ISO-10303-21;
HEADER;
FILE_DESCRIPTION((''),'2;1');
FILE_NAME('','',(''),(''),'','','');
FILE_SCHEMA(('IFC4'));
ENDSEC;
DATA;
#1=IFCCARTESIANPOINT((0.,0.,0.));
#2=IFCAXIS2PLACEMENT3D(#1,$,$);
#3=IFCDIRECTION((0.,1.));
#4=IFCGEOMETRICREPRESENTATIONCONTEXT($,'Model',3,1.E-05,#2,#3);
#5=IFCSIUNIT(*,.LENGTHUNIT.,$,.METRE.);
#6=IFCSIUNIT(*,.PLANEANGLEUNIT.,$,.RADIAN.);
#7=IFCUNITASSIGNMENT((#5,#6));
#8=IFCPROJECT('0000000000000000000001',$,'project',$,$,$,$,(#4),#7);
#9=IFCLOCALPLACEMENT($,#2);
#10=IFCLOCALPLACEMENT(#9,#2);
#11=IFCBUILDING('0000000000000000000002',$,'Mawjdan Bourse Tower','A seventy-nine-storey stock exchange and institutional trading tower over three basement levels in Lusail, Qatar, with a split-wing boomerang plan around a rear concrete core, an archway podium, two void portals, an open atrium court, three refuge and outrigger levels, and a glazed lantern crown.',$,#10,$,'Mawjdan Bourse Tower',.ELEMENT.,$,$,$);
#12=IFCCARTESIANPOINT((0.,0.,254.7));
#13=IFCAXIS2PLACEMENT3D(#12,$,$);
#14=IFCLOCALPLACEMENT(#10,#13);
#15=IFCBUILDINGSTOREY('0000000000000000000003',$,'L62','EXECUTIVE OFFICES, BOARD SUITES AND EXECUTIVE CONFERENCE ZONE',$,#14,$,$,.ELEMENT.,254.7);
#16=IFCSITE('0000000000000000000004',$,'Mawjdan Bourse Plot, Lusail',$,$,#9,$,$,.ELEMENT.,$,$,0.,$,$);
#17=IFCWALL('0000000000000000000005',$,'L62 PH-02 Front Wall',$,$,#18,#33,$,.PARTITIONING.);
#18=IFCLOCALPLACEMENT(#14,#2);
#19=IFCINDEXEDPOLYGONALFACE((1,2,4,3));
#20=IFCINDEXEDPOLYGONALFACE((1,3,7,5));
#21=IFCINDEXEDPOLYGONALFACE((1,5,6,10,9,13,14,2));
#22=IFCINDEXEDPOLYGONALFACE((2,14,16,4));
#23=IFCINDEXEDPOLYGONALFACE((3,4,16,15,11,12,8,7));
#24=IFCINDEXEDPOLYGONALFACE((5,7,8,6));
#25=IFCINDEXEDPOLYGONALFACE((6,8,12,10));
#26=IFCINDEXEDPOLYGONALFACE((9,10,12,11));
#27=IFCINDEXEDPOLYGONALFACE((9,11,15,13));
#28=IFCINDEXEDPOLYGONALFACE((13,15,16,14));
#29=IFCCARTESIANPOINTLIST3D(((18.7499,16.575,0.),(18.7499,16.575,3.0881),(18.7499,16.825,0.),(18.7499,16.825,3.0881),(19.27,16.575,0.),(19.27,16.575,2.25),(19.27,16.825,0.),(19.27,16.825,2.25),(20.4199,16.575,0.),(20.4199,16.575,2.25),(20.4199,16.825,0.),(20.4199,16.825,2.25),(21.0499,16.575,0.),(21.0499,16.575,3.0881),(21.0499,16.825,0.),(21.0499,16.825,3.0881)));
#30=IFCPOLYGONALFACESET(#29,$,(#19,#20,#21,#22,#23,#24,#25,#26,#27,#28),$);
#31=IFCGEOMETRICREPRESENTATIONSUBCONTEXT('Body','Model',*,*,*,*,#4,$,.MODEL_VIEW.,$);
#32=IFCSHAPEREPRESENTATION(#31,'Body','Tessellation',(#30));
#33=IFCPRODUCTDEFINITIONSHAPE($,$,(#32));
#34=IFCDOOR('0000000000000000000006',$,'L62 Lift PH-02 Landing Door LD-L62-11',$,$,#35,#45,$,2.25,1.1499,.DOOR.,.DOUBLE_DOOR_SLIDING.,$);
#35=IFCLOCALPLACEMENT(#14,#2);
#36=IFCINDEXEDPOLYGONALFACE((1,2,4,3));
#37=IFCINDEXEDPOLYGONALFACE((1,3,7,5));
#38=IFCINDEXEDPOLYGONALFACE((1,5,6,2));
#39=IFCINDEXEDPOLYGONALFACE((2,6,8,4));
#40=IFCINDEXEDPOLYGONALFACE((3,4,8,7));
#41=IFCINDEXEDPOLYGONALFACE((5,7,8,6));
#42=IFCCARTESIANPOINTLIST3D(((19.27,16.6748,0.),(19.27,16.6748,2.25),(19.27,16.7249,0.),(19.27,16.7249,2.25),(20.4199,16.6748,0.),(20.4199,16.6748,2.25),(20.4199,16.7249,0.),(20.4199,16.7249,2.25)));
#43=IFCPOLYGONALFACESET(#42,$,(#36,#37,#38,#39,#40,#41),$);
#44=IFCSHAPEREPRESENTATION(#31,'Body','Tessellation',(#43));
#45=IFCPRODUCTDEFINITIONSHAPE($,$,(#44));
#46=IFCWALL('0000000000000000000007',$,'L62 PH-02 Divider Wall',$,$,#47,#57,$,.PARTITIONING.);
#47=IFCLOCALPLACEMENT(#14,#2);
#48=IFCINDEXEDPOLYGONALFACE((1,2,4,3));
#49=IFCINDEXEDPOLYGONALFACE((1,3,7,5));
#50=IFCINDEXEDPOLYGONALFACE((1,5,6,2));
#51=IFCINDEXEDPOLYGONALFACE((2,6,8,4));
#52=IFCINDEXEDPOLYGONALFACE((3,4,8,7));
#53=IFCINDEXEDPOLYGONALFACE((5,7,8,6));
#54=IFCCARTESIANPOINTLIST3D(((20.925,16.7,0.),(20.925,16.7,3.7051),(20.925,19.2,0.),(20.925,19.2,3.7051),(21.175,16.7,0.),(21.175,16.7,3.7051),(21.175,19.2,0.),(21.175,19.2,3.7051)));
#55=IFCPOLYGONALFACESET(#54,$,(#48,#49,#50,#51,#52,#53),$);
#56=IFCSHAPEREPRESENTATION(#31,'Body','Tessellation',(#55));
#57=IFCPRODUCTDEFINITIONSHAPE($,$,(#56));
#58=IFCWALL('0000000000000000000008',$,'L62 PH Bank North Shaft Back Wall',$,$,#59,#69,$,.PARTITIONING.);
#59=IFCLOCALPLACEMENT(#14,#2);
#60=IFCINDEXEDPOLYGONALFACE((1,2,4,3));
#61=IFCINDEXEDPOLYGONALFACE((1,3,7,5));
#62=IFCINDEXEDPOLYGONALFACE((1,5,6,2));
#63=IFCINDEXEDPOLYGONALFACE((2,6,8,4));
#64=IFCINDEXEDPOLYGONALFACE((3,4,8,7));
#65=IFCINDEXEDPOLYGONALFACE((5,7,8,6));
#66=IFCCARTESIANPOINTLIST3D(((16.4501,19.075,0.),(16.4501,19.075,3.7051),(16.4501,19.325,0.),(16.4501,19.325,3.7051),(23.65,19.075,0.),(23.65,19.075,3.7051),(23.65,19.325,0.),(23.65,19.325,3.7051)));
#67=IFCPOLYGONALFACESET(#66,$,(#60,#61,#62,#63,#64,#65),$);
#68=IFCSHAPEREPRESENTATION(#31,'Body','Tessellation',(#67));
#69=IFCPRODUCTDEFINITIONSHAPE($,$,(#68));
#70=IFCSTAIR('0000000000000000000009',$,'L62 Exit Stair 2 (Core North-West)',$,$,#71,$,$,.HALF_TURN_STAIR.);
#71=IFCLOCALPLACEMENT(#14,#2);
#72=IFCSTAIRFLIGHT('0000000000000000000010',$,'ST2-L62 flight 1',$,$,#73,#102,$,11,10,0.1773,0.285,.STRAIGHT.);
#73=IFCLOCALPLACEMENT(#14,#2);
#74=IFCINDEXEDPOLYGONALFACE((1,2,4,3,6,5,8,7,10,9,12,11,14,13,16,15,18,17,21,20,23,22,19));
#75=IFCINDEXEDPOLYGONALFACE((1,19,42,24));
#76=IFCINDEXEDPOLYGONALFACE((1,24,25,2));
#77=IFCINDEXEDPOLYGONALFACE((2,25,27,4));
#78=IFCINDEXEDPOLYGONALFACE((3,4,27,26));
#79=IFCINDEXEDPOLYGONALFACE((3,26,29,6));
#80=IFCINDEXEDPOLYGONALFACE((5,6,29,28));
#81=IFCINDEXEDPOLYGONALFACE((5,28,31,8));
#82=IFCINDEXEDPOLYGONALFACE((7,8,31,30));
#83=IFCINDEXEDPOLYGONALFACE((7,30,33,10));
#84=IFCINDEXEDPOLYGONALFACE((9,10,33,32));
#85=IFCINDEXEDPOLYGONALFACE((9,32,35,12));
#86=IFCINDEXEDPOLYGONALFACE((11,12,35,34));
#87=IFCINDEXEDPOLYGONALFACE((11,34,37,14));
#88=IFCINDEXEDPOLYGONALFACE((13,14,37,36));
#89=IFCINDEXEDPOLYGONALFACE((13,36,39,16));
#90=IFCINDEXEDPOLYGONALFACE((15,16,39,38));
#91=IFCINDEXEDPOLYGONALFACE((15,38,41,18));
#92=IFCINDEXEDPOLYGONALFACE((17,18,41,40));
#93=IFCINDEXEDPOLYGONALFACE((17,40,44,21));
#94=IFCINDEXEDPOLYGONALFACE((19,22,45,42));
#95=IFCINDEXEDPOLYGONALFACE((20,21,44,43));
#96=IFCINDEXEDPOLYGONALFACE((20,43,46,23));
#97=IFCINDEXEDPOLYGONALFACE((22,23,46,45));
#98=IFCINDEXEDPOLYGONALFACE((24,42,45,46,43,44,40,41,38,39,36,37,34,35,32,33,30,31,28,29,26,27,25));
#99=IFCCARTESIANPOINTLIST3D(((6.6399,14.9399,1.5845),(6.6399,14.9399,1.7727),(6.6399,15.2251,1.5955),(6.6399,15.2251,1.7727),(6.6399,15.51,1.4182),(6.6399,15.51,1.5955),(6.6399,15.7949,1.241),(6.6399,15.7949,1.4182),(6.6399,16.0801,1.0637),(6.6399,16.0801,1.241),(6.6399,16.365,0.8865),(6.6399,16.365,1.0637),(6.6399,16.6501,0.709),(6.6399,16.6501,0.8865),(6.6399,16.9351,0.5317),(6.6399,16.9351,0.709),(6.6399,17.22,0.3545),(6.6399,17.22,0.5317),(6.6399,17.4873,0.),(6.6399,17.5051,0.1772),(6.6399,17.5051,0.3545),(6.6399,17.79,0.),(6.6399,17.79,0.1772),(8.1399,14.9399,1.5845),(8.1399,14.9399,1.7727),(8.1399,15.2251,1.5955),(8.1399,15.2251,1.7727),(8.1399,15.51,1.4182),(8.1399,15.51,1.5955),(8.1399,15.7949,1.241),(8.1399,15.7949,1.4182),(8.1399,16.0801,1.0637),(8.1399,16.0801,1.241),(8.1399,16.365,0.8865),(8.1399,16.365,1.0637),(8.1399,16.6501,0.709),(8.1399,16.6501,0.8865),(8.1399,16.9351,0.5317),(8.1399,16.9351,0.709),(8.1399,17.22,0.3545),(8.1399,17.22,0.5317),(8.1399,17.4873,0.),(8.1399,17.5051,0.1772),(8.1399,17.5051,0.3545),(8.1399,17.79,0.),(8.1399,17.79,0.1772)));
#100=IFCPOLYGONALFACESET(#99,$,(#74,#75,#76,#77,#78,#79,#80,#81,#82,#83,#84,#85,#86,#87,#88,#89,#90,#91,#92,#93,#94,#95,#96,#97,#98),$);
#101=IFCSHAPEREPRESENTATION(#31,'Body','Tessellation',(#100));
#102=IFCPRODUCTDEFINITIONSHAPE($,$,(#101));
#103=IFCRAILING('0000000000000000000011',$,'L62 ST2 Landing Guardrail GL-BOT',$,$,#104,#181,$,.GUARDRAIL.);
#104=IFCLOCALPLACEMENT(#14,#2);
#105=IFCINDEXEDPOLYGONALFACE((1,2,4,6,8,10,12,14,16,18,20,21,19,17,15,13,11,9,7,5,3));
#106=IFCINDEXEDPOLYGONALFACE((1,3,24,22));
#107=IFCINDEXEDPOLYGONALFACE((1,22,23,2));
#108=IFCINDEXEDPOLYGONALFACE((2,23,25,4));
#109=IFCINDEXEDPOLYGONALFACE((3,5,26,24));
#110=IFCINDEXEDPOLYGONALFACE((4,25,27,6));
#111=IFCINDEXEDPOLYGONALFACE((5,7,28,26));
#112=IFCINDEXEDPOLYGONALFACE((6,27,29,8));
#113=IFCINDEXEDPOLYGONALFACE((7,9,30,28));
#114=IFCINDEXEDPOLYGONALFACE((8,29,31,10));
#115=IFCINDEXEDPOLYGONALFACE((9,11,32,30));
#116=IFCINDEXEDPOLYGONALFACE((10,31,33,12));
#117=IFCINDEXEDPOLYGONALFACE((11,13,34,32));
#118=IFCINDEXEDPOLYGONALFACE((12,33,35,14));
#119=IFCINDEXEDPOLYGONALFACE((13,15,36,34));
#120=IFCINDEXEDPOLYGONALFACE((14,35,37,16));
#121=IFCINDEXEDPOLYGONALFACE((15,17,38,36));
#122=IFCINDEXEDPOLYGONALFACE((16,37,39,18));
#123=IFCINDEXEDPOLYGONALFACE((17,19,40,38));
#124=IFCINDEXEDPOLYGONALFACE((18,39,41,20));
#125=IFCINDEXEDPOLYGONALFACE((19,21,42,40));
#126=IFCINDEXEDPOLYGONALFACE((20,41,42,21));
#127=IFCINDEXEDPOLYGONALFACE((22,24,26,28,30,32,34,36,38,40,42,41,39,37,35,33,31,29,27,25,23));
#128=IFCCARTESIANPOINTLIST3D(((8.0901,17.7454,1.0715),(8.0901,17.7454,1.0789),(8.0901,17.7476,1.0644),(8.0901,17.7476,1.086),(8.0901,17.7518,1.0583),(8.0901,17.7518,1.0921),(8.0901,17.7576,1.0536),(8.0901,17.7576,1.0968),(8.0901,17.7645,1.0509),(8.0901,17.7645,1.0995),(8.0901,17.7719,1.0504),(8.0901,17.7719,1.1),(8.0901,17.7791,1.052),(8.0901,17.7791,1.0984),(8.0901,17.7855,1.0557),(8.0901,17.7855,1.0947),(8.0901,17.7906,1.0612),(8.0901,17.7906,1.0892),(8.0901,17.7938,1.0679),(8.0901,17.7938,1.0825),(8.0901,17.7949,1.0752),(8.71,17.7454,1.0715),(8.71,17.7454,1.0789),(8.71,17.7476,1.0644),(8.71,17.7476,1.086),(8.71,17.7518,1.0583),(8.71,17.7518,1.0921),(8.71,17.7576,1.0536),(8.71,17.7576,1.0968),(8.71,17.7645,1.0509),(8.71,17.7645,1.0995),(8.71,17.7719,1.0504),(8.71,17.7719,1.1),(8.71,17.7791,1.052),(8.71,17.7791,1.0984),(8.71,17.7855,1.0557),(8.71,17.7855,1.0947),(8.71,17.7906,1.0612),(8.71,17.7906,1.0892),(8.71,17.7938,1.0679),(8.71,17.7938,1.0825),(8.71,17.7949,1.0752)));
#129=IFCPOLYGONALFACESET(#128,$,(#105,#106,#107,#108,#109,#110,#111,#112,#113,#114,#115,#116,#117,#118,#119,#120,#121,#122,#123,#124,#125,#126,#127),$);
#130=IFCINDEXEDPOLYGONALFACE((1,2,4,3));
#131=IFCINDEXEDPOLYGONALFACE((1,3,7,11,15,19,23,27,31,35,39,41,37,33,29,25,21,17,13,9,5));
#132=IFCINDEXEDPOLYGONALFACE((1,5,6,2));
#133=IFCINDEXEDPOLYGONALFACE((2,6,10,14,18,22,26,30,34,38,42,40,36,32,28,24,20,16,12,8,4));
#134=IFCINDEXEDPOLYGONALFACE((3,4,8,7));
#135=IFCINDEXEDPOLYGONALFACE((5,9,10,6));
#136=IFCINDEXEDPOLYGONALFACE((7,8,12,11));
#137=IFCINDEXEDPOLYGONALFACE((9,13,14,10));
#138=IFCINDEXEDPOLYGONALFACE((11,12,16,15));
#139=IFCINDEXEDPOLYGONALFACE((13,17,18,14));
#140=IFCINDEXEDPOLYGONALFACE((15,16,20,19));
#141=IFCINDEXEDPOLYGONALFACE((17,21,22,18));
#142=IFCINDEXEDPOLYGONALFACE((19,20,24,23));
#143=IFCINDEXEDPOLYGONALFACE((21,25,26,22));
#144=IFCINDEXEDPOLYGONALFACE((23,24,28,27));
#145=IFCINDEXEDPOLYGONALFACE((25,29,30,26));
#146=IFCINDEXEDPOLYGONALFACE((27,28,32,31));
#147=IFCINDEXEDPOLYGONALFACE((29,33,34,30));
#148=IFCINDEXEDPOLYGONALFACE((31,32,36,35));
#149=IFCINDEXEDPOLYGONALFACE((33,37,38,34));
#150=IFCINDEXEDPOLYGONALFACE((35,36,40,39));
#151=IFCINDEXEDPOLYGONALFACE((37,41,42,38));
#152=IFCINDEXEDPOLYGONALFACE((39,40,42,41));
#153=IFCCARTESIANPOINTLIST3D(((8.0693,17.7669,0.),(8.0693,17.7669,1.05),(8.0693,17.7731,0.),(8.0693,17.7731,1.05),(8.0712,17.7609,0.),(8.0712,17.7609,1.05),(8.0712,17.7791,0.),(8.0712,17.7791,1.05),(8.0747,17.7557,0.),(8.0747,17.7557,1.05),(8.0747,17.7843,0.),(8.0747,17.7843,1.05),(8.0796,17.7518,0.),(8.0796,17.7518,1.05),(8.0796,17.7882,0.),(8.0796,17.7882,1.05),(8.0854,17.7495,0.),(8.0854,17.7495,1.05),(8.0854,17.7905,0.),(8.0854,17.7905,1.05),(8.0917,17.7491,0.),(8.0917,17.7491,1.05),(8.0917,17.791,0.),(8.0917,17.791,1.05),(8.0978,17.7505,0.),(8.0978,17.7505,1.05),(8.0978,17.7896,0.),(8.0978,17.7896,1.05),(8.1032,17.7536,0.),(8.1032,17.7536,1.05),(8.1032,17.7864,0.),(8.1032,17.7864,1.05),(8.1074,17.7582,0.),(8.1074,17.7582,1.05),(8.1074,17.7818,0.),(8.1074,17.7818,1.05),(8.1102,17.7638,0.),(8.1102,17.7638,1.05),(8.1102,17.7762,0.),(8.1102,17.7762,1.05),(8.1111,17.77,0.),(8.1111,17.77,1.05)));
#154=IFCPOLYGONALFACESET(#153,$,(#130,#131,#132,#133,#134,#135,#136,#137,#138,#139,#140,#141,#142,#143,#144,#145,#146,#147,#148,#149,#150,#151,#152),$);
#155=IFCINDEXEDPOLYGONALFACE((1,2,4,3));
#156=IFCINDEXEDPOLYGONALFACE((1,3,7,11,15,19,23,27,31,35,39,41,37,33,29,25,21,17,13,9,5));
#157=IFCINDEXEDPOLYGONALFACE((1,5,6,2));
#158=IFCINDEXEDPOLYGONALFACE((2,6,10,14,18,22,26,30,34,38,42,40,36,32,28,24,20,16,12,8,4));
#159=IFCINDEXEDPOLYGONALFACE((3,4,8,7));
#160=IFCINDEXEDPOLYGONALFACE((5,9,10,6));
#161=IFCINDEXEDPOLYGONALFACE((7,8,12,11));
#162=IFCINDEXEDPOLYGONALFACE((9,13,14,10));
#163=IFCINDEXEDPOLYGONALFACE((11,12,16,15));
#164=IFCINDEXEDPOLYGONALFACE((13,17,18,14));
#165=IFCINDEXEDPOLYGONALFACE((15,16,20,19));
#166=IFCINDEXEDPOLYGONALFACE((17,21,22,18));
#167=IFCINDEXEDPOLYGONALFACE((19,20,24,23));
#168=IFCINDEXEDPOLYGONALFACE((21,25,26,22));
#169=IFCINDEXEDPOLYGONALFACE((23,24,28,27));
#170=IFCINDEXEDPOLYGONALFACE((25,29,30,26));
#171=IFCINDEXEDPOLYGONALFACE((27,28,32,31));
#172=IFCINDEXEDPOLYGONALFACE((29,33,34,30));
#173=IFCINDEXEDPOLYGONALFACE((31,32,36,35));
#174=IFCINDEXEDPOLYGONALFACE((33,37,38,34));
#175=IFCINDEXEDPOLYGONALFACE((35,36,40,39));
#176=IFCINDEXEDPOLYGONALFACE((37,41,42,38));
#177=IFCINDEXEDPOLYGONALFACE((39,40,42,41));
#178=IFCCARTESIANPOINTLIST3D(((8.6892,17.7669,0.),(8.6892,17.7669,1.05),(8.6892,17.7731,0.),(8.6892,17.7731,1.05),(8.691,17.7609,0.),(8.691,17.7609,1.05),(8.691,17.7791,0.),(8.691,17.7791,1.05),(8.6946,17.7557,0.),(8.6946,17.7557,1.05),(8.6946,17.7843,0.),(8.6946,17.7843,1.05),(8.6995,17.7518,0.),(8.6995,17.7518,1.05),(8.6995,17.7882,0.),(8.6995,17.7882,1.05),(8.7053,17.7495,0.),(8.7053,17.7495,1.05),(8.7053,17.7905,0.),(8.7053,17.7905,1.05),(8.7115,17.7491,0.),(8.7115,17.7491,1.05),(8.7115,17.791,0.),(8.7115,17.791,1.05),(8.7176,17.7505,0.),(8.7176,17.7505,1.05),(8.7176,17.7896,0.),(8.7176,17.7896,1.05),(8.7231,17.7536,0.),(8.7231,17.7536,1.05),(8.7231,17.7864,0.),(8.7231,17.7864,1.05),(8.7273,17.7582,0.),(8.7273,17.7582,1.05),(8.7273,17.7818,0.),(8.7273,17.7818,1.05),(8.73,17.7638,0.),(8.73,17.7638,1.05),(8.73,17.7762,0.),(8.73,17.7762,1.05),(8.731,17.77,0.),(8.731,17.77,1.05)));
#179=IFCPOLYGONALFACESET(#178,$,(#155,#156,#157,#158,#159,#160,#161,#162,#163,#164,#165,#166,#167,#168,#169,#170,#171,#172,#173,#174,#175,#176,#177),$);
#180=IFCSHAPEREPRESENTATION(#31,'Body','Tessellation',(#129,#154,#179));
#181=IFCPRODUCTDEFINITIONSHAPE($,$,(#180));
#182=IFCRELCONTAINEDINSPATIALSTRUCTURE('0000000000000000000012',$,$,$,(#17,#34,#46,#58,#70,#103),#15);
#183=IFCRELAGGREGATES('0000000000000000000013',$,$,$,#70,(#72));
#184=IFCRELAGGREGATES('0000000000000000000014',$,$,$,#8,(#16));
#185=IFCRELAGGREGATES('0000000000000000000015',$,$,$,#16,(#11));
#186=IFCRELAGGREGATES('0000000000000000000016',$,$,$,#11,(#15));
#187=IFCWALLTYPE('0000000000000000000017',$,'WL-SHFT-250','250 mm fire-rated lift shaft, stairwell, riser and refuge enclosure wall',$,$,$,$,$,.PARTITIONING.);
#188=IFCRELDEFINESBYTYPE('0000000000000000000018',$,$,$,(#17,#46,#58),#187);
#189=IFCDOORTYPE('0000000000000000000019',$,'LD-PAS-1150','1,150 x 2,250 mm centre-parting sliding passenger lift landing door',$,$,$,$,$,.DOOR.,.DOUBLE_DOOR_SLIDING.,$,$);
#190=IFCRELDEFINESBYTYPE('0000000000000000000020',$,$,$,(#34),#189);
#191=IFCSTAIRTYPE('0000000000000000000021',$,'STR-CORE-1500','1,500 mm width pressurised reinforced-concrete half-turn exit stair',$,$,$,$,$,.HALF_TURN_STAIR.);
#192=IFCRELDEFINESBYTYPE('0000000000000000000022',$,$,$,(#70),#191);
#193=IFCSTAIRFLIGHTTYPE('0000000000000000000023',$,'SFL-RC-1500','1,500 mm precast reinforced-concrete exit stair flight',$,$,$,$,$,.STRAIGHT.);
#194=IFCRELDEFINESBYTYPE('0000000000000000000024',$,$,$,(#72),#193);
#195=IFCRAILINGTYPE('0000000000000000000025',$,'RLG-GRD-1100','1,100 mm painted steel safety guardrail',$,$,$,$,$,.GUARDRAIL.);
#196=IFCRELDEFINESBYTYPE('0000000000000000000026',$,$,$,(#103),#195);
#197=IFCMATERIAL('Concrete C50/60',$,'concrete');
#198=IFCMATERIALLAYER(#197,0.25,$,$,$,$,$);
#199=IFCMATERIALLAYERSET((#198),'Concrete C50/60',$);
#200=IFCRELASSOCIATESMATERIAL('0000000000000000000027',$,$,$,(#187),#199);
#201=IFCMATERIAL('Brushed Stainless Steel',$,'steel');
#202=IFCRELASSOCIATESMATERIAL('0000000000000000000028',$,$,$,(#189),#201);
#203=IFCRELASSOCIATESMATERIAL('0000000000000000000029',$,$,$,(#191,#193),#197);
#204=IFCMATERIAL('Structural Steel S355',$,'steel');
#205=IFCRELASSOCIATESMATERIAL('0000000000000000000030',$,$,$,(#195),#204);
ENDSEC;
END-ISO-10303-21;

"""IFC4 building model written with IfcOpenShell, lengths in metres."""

from ifc_helpers import new_model, si_unit, direction, frame, frame_2d, origin, origin_2d, place, context, subcontext, project, spatial, polyline, rectangle, circle, outline, extrude, material, layer, layer_set, type_object, element, fill, aggregate, save


model = new_model("IFC4")

# Units and contexts
model_context = context("Model", 3, precision=1e-05, world=origin(), true_north=direction((0.0, 1.0)))
body_context = subcontext(model_context, "Body", "Model", "MODEL_VIEW")
ifc_project = project(units=[si_unit("LENGTHUNIT", "METRE"), si_unit("PLANEANGLEUNIT", "RADIAN")], contexts=[model_context])

# Site, building, storey
site_placement = place(None, origin())
site = spatial("IfcSite", under=ifc_project, at=site_placement, Name="Mawjdan Bourse Plot, Lusail", CompositionType="ELEMENT", RefElevation=0.0)
building_placement = place(site_placement, origin())
building = spatial("IfcBuilding", under=site, at=building_placement, Name="Mawjdan Bourse Tower", Description="A seventy-nine-storey stock exchange and institutional trading tower over three basement levels in Lusail, Qatar, with a split-wing boomerang plan around a rear concrete core, an archway podium, two void portals, an open atrium court, three refuge and outrigger levels, and a glazed lantern crown.", LongName="Mawjdan Bourse Tower", CompositionType="ELEMENT")
storey_placement = place(building_placement, frame((0.0, 0.0, 254.7)))
storey = spatial("IfcBuildingStorey", under=building, at=storey_placement, Name="L62", Description="EXECUTIVE OFFICES, BOARD SUITES AND EXECUTIVE CONFERENCE ZONE", CompositionType="ELEMENT", Elevation=254.7)

# Shared definitions
ifc_material_1 = material(Name="Structural Steel S355", Category="steel")

# Shared definitions
ifc_material_2 = material(Name="Concrete C50/60", Category="concrete")
ifc_layer_1 = layer(ifc_material_2, 0.25)
ifc_layer_set_1 = layer_set([ifc_layer_1], Name="Concrete C50/60")
wall_type_1 = type_object("IfcWallType", Name="WL-SHFT-250", Description="250 mm fire-rated lift shaft, stairwell, riser and refuge enclosure wall", PredefinedType="PARTITIONING", material=ifc_layer_set_1)

# Shared definitions
ifc_material_3 = material(Name="Brushed Stainless Steel", Category="steel")
door_type_1 = type_object("IfcDoorType", Name="LD-PAS-1150", Description="1,150 x 2,250 mm centre-parting sliding passenger lift landing door", OperationType="DOUBLE_DOOR_SLIDING", PredefinedType="DOOR", material=ifc_material_3)

# Wall, opening, door
wall_1_placement = place(storey_placement, frame((18.75, 16.7, 0.0), z_axis=(0.0, 0.0, 1.0), x_axis=(1.0, 0.0, 0.0)))
wall_1 = element("IfcWall", 1, at=wall_1_placement, inside=storey, type_object=wall_type_1, Name="L62 PH-02 Front Wall", PredefinedType="PARTITIONING", context=body_context, shape_type="SweptSolid", body=[
    extrude(rectangle(XDim=2.3, YDim=0.25, at=frame_2d((1.1499, 0.0))), origin(), (0.0, 0.0, 1.0), 3.0881),
])
opening_1_placement = place(wall_1_placement, frame((0.52, 0.0, 0.0)))
opening_1 = element("IfcOpeningElement", 2, at=opening_1_placement, cuts=wall_1, PredefinedType="OPENING", context=body_context, shape_type="SweptSolid", body=[
    extrude(rectangle(XDim=1.1499, YDim=2.25, at=frame_2d((0.575, 1.125))), frame((0.0, 0.135, 0.0), z_axis=(0.0, -1.0, 0.0), x_axis=(1.0, 0.0, 0.0)), (0.0, 0.0, 1.0), 0.27),
])
door_1_placement = place(opening_1_placement, origin())
door_1 = element("IfcDoor", 3, at=door_1_placement, inside=storey, type_object=door_type_1, Name="L62 Lift PH-02 Landing Door LD-L62-11", OperationType="DOUBLE_DOOR_SLIDING", OverallHeight=2.25, OverallWidth=1.1499, PredefinedType="DOOR", context=body_context, shape_type="SweptSolid", body=[
    extrude(rectangle(XDim=1.1499, YDim=2.25, at=frame_2d((0.575, 1.125))), frame((0.0, 0.0249, 0.0), z_axis=(0.0, -1.0, 0.0), x_axis=(1.0, 0.0, 0.0)), (0.0, 0.0, 1.0), 0.05),
])
fill(opening_1, door_1)

# Walls
wall_2_placement = place(storey_placement, frame((21.05, 16.7, 0.0), z_axis=(0.0, 0.0, 1.0), x_axis=(0.0, 1.0, 0.0)))
element("IfcWall", 4, at=wall_2_placement, inside=storey, type_object=wall_type_1, Name="L62 PH-02 Divider Wall", PredefinedType="PARTITIONING", context=body_context, shape_type="SweptSolid", body=[
    extrude(rectangle(XDim=2.5, YDim=0.25, at=frame_2d((1.25, 0.0))), origin(), (0.0, 0.0, 1.0), 3.7051),
])
wall_3_placement = place(storey_placement, frame((16.45, 19.2, 0.0), z_axis=(0.0, 0.0, 1.0), x_axis=(1.0, 0.0, 0.0)))
element("IfcWall", 5, at=wall_3_placement, inside=storey, type_object=wall_type_1, Name="L62 PH Bank North Shaft Back Wall", PredefinedType="PARTITIONING", context=body_context, shape_type="SweptSolid", body=[
    extrude(rectangle(XDim=7.2, YDim=0.25, at=frame_2d((3.6001, 0.0))), origin(), (0.0, 0.0, 1.0), 3.7051),
])

# Stair, stair flight
stair_type = type_object("IfcStairType", Name="STR-CORE-1500", Description="1,500 mm width pressurised reinforced-concrete half-turn exit stair", PredefinedType="HALF_TURN_STAIR", material=ifc_material_2)
stair_placement = place(storey_placement, origin())
stair = element("IfcStair", 6, at=stair_placement, inside=storey, type_object=stair_type, Name="L62 Exit Stair 2 (Core North-West)", PredefinedType="HALF_TURN_STAIR")
stair_flight_type = type_object("IfcStairFlightType", Name="SFL-RC-1500", Description="1,500 mm precast reinforced-concrete exit stair flight", PredefinedType="STRAIGHT", material=ifc_material_2)
stair_flight_placement = place(storey_placement, frame((7.3899, 17.79, 0.0), z_axis=(0.0, 0.0, 1.0), x_axis=(0.0, -1.0, 0.0)))
stair_flight = element("IfcStairFlight", 7, at=stair_flight_placement, type_object=stair_flight_type, Name="ST2-L62 flight 1", NumberOfRisers=11, NumberOfTreads=10, PredefinedType="STRAIGHT", RiserHeight=0.1773, TreadLength=0.285, context=body_context, shape_type="SweptSolid", body=[
    extrude(outline(polyline([(0.0, 0.0), (0.0, 0.1772), (0.2849, 0.1772), (0.2849, 0.3545), (0.5701, 0.3545), (0.5701, 0.5317), (0.855, 0.5317), (0.855, 0.709), (1.1399, 0.709), (1.1399, 0.8865), (1.425, 0.8865), (1.425, 1.0637), (1.71, 1.0637), (1.71, 1.241), (1.9951, 1.241), (1.9951, 1.4182), (2.28, 1.4182), (2.28, 1.5955), (2.5649, 1.5955), (2.5649, 1.7727), (2.8501, 1.7727), (2.8501, 1.95), (2.8501, 1.5845), (0.3027, 0.0), (0.0, 0.0)])), frame((0.0, 0.75, 0.0), z_axis=(0.0, -1.0, 0.0), x_axis=(1.0, 0.0, 0.0)), (0.0, 0.0, 1.0), 1.5),
])
aggregate(stair, [stair_flight])

# Railing
railing_type_1 = type_object("IfcRailingType", Name="RLG-GRD-1100", Description="1,100 mm painted steel safety guardrail", PredefinedType="GUARDRAIL", material=ifc_material_1)
railing_1_placement = place(storey_placement, frame((8.0901, 17.77, 0.0)))
element("IfcRailing", 8, at=railing_1_placement, inside=storey, type_object=railing_type_1, Name="L62 ST2 Landing Guardrail GL-BOT", PredefinedType="GUARDRAIL", context=body_context, shape_type="SweptSolid", body=[
    extrude(circle(Radius=0.0249, at=origin_2d()), frame((0.0, 0.0, 1.0752), z_axis=(1.0, 0.0, 0.0), x_axis=(0.0, 1.0, 0.0)), (0.0, 0.0, 1.0), 0.6199),
    extrude(circle(Radius=0.021, at=origin_2d()), origin(), (0.0, 0.0, 1.0), 1.05),
    extrude(circle(Radius=0.021, at=origin_2d()), frame((0.6199, 0.0, 0.0)), (0.0, 0.0, 1.0), 1.05),
])

save(model, "model.ifc")
